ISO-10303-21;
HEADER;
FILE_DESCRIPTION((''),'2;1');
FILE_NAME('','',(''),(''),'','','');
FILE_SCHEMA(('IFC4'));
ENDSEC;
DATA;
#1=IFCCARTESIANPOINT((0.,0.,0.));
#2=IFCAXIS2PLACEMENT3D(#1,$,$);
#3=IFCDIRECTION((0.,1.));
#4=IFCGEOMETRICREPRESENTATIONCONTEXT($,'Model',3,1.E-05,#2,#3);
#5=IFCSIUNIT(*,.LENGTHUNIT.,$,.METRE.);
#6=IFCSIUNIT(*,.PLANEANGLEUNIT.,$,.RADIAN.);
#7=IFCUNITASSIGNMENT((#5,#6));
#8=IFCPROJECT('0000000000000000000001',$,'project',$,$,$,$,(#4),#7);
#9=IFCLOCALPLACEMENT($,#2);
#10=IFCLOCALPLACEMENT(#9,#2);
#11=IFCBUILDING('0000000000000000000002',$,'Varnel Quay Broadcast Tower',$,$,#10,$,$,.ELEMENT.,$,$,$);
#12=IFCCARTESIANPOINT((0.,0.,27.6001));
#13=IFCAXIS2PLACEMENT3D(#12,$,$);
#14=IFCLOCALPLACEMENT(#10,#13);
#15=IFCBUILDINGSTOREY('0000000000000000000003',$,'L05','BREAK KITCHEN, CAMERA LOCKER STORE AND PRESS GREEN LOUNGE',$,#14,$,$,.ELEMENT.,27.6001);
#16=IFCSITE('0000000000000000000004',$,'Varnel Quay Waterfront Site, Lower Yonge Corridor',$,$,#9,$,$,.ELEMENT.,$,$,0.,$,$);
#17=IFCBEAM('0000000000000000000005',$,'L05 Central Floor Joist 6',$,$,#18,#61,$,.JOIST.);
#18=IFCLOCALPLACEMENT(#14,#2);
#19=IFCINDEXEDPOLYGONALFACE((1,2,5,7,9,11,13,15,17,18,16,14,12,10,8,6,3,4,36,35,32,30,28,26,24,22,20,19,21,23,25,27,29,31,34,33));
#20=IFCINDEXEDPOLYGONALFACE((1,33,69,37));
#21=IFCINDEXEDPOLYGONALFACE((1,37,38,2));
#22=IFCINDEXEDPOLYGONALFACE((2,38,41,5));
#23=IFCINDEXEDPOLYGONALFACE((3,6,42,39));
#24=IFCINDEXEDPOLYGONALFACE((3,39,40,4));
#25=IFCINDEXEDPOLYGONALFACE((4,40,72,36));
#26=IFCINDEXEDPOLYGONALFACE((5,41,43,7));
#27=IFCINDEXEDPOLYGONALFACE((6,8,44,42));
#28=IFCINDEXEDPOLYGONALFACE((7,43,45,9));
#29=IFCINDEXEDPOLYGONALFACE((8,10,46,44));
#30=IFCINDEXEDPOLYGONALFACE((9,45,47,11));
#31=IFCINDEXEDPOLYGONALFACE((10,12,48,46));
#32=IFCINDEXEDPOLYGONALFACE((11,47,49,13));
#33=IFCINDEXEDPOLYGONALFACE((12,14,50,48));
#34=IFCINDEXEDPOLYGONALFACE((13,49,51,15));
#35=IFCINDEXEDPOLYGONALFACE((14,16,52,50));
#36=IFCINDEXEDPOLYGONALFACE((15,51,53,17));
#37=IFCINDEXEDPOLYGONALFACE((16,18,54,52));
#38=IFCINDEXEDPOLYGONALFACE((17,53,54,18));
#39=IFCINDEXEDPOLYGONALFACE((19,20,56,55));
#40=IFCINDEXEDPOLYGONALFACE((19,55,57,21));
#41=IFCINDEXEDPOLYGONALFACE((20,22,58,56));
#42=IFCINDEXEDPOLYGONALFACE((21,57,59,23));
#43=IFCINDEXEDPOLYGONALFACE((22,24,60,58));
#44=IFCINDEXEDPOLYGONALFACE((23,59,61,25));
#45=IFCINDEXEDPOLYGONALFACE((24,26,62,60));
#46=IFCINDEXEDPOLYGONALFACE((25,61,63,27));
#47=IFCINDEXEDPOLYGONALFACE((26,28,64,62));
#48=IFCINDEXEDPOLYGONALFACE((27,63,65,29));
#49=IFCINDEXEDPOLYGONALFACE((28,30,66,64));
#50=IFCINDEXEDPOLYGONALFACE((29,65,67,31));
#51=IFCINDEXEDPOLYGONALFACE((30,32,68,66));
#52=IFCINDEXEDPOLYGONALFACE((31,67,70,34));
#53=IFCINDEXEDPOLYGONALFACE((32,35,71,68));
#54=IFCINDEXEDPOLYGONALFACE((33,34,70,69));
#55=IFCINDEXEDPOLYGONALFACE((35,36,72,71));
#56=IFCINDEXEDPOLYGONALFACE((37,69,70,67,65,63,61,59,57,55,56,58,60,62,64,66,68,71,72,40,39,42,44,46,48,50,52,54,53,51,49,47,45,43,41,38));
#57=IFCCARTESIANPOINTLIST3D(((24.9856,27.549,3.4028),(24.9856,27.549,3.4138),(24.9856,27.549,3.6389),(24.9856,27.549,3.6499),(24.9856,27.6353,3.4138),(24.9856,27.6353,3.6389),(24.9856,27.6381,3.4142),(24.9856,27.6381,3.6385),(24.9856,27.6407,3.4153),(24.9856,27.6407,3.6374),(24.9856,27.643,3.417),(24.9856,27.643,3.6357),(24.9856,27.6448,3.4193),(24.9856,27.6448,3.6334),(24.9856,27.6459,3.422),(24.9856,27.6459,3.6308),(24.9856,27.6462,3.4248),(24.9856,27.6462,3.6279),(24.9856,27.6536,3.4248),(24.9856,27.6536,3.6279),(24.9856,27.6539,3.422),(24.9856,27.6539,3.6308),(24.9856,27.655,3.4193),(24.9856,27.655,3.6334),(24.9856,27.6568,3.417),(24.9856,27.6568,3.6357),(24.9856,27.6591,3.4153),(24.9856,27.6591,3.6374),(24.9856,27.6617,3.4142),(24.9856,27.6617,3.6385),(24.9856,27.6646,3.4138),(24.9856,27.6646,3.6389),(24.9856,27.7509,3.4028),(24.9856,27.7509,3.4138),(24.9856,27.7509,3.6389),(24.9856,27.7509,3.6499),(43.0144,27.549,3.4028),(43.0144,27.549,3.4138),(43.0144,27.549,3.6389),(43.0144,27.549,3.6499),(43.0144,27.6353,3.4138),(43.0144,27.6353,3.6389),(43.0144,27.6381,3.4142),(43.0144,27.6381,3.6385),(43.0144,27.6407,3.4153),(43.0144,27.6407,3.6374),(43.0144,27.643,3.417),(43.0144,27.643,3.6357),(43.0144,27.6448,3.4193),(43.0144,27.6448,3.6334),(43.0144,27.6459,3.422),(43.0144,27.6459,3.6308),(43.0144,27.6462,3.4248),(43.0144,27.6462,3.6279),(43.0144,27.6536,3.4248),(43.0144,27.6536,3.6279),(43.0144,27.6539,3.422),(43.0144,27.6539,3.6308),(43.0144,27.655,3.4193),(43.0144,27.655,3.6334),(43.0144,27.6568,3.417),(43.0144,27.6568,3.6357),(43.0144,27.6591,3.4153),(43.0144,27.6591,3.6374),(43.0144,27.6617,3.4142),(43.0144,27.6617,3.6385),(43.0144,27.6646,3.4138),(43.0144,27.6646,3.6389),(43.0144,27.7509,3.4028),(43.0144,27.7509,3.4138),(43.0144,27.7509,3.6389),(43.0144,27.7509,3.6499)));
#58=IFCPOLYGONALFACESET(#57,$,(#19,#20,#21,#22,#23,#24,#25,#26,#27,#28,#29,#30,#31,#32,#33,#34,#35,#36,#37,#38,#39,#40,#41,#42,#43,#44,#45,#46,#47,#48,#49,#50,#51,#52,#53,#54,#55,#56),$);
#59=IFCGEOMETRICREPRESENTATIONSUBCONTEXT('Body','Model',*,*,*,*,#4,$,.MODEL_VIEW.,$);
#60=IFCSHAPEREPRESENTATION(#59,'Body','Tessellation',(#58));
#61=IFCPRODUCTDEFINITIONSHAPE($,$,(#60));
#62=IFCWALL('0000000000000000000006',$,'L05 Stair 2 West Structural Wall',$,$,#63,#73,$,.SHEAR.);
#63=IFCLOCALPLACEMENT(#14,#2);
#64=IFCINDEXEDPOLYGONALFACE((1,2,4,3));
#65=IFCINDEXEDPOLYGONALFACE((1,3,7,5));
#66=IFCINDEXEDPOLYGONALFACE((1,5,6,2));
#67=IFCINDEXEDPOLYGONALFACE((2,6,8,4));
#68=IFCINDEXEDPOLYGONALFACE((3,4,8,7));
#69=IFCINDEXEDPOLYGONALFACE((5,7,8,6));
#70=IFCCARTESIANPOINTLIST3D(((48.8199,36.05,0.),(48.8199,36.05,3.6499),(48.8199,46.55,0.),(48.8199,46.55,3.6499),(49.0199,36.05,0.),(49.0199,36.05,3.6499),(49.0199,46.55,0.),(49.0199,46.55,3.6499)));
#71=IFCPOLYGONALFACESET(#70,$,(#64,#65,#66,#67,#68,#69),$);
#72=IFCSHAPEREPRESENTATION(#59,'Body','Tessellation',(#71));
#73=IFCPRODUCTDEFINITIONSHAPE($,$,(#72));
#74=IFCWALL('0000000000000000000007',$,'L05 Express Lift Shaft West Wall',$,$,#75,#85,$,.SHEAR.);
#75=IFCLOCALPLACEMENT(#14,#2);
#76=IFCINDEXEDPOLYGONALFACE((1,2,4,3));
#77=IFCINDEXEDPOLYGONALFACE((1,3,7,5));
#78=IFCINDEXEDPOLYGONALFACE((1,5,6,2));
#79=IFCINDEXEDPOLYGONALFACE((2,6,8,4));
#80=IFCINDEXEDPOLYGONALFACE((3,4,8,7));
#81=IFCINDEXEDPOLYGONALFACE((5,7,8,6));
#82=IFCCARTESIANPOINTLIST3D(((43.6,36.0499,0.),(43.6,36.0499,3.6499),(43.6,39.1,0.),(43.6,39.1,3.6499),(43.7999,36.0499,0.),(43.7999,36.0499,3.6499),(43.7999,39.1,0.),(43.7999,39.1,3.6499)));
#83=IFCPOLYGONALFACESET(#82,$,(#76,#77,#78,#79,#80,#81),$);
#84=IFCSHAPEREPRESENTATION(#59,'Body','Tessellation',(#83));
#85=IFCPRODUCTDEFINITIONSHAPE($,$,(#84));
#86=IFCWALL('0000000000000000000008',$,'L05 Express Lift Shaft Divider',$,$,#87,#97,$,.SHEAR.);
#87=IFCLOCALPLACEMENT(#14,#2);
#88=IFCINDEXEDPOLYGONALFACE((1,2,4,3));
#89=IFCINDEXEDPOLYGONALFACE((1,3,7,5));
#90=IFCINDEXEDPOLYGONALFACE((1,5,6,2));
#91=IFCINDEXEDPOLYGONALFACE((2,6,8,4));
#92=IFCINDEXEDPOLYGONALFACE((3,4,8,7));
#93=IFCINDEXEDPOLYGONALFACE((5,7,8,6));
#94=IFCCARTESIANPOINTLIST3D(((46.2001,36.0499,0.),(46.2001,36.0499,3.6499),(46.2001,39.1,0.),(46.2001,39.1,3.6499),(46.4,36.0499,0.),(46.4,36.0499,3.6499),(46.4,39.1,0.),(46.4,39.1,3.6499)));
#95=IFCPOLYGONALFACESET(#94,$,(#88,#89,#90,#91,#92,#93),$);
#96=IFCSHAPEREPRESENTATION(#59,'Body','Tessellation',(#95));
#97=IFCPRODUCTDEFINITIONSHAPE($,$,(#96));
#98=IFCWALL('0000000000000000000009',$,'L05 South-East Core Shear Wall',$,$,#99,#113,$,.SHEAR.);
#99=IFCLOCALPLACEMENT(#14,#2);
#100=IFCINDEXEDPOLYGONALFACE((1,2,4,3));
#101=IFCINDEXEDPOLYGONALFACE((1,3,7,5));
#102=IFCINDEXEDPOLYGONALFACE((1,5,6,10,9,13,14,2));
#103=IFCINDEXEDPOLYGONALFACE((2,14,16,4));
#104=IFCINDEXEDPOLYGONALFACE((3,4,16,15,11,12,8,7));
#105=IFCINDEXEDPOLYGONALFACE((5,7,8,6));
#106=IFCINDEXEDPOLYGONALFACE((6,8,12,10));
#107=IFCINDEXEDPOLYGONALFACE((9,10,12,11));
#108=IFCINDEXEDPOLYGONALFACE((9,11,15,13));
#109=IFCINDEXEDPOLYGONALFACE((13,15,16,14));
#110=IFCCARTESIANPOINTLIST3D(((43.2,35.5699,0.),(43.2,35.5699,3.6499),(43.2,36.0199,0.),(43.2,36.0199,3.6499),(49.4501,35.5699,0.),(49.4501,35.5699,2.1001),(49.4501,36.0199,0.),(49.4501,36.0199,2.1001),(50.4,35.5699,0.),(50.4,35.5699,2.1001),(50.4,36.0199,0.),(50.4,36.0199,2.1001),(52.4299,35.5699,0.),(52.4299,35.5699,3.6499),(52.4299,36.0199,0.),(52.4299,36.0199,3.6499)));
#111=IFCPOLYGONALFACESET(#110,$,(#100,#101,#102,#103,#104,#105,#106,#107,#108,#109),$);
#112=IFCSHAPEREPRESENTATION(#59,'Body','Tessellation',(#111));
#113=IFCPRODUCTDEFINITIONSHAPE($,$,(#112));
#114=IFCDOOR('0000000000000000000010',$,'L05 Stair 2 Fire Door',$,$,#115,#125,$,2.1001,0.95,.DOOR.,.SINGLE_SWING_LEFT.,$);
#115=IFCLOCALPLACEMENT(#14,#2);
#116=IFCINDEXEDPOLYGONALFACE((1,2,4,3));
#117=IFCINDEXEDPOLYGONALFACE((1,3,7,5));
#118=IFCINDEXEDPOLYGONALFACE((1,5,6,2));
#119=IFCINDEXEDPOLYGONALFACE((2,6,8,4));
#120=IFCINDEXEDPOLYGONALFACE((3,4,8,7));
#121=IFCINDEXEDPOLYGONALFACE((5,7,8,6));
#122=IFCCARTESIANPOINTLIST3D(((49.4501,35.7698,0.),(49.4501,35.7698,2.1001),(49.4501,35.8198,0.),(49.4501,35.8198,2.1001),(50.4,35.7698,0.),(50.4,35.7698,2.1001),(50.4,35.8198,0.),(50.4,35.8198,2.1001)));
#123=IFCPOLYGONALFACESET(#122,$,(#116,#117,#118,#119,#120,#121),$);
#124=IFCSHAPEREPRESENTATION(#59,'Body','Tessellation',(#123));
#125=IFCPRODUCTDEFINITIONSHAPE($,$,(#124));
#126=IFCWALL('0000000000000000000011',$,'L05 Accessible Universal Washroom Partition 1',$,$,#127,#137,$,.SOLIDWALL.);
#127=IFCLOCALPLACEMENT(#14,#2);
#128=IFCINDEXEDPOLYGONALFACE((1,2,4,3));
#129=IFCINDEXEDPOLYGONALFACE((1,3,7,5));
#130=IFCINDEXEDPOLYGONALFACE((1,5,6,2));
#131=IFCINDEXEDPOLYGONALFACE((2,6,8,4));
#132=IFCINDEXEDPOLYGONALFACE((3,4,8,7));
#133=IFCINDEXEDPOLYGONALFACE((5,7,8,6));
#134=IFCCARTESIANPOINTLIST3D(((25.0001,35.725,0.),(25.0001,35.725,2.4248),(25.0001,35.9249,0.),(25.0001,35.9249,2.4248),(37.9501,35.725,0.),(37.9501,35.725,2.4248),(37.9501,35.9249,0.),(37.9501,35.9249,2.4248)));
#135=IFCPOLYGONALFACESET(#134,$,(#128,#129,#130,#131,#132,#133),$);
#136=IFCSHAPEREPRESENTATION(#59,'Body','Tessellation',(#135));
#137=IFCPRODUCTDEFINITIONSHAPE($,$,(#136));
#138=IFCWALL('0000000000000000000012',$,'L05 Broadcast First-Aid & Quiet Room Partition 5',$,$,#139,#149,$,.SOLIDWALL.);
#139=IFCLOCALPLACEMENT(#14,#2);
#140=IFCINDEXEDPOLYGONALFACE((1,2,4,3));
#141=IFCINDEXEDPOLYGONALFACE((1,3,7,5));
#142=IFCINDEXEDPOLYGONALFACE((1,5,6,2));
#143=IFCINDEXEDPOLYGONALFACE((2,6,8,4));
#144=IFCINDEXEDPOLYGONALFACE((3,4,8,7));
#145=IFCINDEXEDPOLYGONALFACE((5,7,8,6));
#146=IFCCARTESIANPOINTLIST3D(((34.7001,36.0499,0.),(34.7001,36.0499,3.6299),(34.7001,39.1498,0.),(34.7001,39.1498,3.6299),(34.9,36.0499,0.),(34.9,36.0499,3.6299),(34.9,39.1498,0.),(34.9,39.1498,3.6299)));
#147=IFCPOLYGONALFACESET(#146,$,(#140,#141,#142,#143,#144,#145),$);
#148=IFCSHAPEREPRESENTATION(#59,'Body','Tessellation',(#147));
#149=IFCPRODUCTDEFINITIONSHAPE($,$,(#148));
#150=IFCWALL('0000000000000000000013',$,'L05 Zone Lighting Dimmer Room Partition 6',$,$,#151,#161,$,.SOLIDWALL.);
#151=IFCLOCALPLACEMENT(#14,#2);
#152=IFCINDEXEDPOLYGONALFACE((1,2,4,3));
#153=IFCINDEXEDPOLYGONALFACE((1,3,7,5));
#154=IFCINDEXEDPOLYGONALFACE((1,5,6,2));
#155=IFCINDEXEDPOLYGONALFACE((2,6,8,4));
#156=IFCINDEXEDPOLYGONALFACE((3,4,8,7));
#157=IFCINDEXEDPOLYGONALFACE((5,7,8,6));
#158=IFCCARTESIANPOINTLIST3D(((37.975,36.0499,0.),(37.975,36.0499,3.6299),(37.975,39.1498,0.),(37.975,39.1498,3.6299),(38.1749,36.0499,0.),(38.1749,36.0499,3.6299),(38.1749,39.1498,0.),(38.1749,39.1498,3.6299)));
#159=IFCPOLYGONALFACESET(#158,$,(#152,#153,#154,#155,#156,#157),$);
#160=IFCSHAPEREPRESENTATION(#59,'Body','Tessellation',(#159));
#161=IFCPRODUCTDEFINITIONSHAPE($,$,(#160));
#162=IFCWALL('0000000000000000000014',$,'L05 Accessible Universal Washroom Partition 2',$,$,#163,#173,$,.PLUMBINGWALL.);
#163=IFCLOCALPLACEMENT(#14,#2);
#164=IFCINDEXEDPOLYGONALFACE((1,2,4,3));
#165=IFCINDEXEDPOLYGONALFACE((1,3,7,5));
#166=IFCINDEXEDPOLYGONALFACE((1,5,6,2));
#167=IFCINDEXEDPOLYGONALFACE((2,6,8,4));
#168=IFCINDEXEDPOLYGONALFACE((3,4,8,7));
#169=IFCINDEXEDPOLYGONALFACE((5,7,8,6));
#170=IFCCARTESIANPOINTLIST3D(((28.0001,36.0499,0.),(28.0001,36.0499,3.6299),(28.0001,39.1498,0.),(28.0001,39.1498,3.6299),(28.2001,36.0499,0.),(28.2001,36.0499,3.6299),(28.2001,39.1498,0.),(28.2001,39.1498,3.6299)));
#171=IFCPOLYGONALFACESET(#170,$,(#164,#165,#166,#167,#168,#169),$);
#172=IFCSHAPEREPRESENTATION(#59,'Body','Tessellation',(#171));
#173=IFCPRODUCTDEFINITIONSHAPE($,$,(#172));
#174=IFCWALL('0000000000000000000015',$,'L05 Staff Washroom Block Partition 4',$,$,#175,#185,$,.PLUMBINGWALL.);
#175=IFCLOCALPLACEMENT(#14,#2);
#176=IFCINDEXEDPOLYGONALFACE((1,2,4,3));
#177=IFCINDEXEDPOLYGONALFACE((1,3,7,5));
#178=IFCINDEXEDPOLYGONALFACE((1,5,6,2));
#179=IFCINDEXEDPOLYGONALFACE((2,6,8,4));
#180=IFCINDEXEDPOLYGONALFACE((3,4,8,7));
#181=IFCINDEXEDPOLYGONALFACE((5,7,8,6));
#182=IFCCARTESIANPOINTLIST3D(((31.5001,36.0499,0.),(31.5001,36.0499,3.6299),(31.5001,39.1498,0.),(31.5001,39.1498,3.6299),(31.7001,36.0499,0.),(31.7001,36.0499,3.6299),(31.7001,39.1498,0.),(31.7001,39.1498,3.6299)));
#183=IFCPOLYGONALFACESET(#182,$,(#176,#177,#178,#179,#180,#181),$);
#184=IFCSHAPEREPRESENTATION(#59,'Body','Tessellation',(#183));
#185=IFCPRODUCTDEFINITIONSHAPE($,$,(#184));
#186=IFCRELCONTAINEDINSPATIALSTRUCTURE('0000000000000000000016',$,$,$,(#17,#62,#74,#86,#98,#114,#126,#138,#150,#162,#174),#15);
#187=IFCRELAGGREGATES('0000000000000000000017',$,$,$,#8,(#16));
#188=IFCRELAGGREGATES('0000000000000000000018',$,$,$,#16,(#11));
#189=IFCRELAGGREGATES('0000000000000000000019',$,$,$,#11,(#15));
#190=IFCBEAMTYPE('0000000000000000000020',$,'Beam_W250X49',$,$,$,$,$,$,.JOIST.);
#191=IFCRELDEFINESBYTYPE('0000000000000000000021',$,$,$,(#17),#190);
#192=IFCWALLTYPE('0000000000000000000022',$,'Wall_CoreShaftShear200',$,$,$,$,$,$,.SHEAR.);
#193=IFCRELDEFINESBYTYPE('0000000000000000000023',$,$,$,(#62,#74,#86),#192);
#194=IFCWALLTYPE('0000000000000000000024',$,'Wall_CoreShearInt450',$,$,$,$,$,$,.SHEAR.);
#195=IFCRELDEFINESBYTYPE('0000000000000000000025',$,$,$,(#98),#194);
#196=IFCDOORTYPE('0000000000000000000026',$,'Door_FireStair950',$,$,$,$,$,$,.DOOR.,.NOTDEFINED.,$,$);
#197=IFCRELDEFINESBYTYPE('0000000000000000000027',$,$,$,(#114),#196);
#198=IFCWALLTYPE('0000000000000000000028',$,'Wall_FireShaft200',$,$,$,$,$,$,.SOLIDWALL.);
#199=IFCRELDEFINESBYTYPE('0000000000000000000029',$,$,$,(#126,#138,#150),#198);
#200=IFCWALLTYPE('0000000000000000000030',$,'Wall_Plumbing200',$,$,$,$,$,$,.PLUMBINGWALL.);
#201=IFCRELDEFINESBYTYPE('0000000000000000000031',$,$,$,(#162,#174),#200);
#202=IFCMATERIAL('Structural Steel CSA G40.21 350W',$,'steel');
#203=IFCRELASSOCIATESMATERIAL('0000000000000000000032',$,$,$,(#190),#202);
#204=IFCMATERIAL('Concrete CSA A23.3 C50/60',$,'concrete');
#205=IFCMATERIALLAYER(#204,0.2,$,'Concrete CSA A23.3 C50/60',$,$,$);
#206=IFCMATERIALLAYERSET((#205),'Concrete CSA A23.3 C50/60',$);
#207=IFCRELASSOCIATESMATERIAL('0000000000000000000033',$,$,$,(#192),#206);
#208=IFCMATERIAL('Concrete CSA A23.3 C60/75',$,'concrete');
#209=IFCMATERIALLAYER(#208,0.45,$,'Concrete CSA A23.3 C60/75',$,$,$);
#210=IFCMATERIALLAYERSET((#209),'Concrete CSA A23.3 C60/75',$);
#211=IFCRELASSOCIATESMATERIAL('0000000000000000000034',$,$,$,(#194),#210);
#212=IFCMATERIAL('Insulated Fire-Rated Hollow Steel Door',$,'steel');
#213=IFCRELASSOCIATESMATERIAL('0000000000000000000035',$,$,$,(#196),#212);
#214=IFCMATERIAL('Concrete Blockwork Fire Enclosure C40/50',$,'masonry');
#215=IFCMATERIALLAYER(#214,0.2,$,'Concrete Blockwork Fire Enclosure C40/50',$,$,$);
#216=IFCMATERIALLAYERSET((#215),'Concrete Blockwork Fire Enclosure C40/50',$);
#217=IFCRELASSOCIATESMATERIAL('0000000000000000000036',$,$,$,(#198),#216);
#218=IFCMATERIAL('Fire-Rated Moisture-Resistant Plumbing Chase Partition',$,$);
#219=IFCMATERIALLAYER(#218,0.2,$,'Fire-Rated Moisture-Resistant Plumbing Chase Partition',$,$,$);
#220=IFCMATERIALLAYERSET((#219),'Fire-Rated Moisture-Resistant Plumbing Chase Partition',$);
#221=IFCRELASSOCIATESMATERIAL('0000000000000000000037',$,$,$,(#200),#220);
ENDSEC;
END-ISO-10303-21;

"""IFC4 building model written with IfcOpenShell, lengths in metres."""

from ifc_helpers import new_model, si_unit, direction, frame, frame_2d, origin, origin_2d, place, context, subcontext, project, spatial, rectangle, i_section, extrude, source, transform, mapped, material, layer, layer_set, material_profile, profile_set, type_object, type_shapes, element, fill, save


model = new_model("IFC4")

# Units and contexts
model_context = context("Model", 3, precision=1e-05, world=origin(), true_north=direction((0.0, 1.0)))
body_context = subcontext(model_context, "Body", "Model", "MODEL_VIEW")
ifc_project = project(units=[si_unit("LENGTHUNIT", "METRE"), si_unit("PLANEANGLEUNIT", "RADIAN")], contexts=[model_context])

# Site, building, storey
site_placement = place(None, origin())
site = spatial("IfcSite", under=ifc_project, at=site_placement, Name="Varnel Quay Waterfront Site, Lower Yonge Corridor", CompositionType="ELEMENT", RefElevation=0.0)
building_placement = place(site_placement, origin())
building = spatial("IfcBuilding", under=site, at=building_placement, Name="Varnel Quay Broadcast Tower", CompositionType="ELEMENT")
storey_placement = place(building_placement, frame((0.0, 0.0, 27.6001)))
storey = spatial("IfcBuildingStorey", under=building, at=storey_placement, Name="L05", Description="BREAK KITCHEN, CAMERA LOCKER STORE AND PRESS GREEN LOUNGE", CompositionType="ELEMENT", Elevation=27.6001)

# Beam
ifc_material_1 = material(Name="Structural Steel CSA G40.21 350W", Category="steel")
ifc_material_2 = material(Name="Concrete CSA A23.3 C60/75", Category="concrete")
ifc_material_profile_1 = material_profile(ifc_material_1, i_section(OverallWidth=0.2019, OverallDepth=0.2471, WebThickness=0.0073, FlangeThickness=0.011, FilletRadius=0.011, at=origin_2d()), Name="W250X49")
ifc_profile_set_1 = profile_set([ifc_material_profile_1], Name="Structural Steel CSA G40.21 350W")
beam_type_1 = type_object("IfcBeamType", Name="Beam_W250X49", PredefinedType="JOIST", material=ifc_profile_set_1)
shared_shape_1 = source(origin(), body_context, "Body", "SweptSolid", [
    extrude(i_section(OverallWidth=0.2019, OverallDepth=0.2471, WebThickness=0.0073, FlangeThickness=0.011, FilletRadius=0.011, at=origin_2d()), origin(), (0.0, 0.0, 1.0), 18.0288),
])
beam_1_placement = place(storey_placement, frame((24.9856, 27.6499, 3.5264), z_axis=(1.0, 0.0, 0.0), x_axis=(0.0, 1.0, 0.0)))
element("IfcBeam", 1, at=beam_1_placement, inside=storey, type_object=beam_type_1, Name="L05 Central Floor Joist 6", PredefinedType="JOIST", context=body_context, shape_type="MappedRepresentation", body=[
    mapped(shared_shape_1, transform((0.0, 0.0, 0.0), x_axis=(1.0, 0.0, 0.0), y_axis=(0.0, 1.0, 0.0), z_axis=(0.0, 0.0, 1.0), scale=1.0)),
])

# Walls
ifc_material_3 = material(Name="Concrete CSA A23.3 C50/60", Category="concrete")
ifc_layer_1 = layer(ifc_material_3, 0.2, Name="Concrete CSA A23.3 C50/60")
ifc_layer_set_1 = layer_set([ifc_layer_1], Name="Concrete CSA A23.3 C50/60")
wall_type_1 = type_object("IfcWallType", Name="Wall_CoreShaftShear200", PredefinedType="SHEAR", material=ifc_layer_set_1)
wall_1_placement = place(storey_placement, frame((48.9199, 36.05, 0.0), z_axis=(0.0, 0.0, 1.0), x_axis=(0.0, 1.0, 0.0)))
element("IfcWall", 2, at=wall_1_placement, inside=storey, type_object=wall_type_1, Name="L05 Stair 2 West Structural Wall", PredefinedType="SHEAR", context=body_context, shape_type="SweptSolid", body=[
    extrude(rectangle(XDim=10.5, YDim=0.2, at=frame_2d((5.25, 0.0))), origin(), (0.0, 0.0, 1.0), 3.6499),
])
for number, where, z_axis, x_axis, name in (
    (3, (43.7, 36.05, 0.0), (0.0, 0.0, 1.0), (0.0, 1.0, 0.0), "L05 Express Lift Shaft West Wall"),
    (4, (46.3, 36.05, 0.0), (0.0, 0.0, 1.0), (0.0, 1.0, 0.0), "L05 Express Lift Shaft Divider"),
):
    element("IfcWall", number, at=place(storey_placement, frame(where, z_axis=z_axis, x_axis=x_axis)), inside=storey, type_object=wall_type_1, Name=name, PredefinedType="SHEAR", context=body_context, shape_type="SweptSolid", body=[
        extrude(rectangle(XDim=3.05, YDim=0.2, at=frame_2d((1.5249, 0.0))), origin(), (0.0, 0.0, 1.0), 3.6499),
    ])

# Wall, opening, door
ifc_layer_2 = layer(ifc_material_2, 0.45, Name="Concrete CSA A23.3 C60/75")
ifc_layer_set_2 = layer_set([ifc_layer_2], Name="Concrete CSA A23.3 C60/75")
wall_type_2 = type_object("IfcWallType", Name="Wall_CoreShearInt450", PredefinedType="SHEAR", material=ifc_layer_set_2)
wall_2_placement = place(storey_placement, frame((43.2, 35.7949, 0.0), z_axis=(0.0, 0.0, 1.0), x_axis=(1.0, 0.0, 0.0)))
wall_2 = element("IfcWall", 5, at=wall_2_placement, inside=storey, type_object=wall_type_2, Name="L05 South-East Core Shear Wall", PredefinedType="SHEAR", context=body_context, shape_type="SweptSolid", body=[
    extrude(rectangle(XDim=9.23, YDim=0.45, at=frame_2d((4.615, 0.0))), origin(), (0.0, 0.0, 1.0), 3.6499),
])
opening_placement = place(wall_2_placement, frame((6.25, 0.0, 0.0)))
opening = element("IfcOpeningElement", 6, at=opening_placement, cuts=wall_2, PredefinedType="OPENING", context=body_context, shape_type="SweptSolid", body=[
    extrude(rectangle(XDim=0.95, YDim=2.1001, at=frame_2d((0.4751, 1.05))), frame((0.0, 0.2349, 0.0), z_axis=(0.0, -1.0, 0.0), x_axis=(1.0, 0.0, 0.0)), (0.0, 0.0, 1.0), 0.47),
])
ifc_material_4 = material(Name="Insulated Fire-Rated Hollow Steel Door", Category="steel")
door_type = type_object("IfcDoorType", Name="Door_FireStair950", OperationType="NOTDEFINED", PredefinedType="DOOR", material=ifc_material_4)
shared_shape_2 = source(origin(), body_context, "Body", "SweptSolid", [
    extrude(rectangle(XDim=0.95, YDim=2.1001, at=frame_2d((0.4751, 1.05))), frame((0.0, 0.0249, 0.0), z_axis=(0.0, -1.0, 0.0), x_axis=(1.0, 0.0, 0.0)), (0.0, 0.0, 1.0), 0.05),
])
type_shapes(door_type, [shared_shape_2])
door_placement = place(opening_placement, origin())
door = element("IfcDoor", 7, at=door_placement, inside=storey, type_object=door_type, Name="L05 Stair 2 Fire Door", OperationType="SINGLE_SWING_LEFT", OverallHeight=2.1001, OverallWidth=0.95, PredefinedType="DOOR", context=body_context, shape_type="MappedRepresentation", body=[
    mapped(shared_shape_2, transform((0.0, 0.0, 0.0), x_axis=(1.0, 0.0, 0.0), y_axis=(0.0, 1.0, 0.0), z_axis=(0.0, 0.0, 1.0), scale=1.0)),
])
fill(opening, door)

# Walls
ifc_material_5 = material(Name="Concrete Blockwork Fire Enclosure C40/50", Category="masonry")
ifc_layer_3 = layer(ifc_material_5, 0.2, Name="Concrete Blockwork Fire Enclosure C40/50")
ifc_layer_set_3 = layer_set([ifc_layer_3], Name="Concrete Blockwork Fire Enclosure C40/50")
wall_type_3 = type_object("IfcWallType", Name="Wall_FireShaft200", PredefinedType="SOLIDWALL", material=ifc_layer_set_3)
wall_3_placement = place(storey_placement, frame((25.0, 35.825, 0.0), z_axis=(0.0, 0.0, 1.0), x_axis=(1.0, 0.0, 0.0)))
element("IfcWall", 8, at=wall_3_placement, inside=storey, type_object=wall_type_3, Name="L05 Accessible Universal Washroom Partition 1", PredefinedType="SOLIDWALL", context=body_context, shape_type="SweptSolid", body=[
    extrude(rectangle(XDim=12.95, YDim=0.2, at=frame_2d((6.4751, 0.0))), origin(), (0.0, 0.0, 1.0), 2.4248),
])
for number, where, z_axis, x_axis, name in (
    (9, (34.8, 36.05, 0.0), (0.0, 0.0, 1.0), (0.0, 1.0, 0.0), "L05 Broadcast First-Aid & Quiet Room Partition 5"),
    (10, (38.075, 36.05, 0.0), (0.0, 0.0, 1.0), (0.0, 1.0, 0.0), "L05 Zone Lighting Dimmer Room Partition 6"),
):
    element("IfcWall", number, at=place(storey_placement, frame(where, z_axis=z_axis, x_axis=x_axis)), inside=storey, type_object=wall_type_3, Name=name, PredefinedType="SOLIDWALL", context=body_context, shape_type="SweptSolid", body=[
        extrude(rectangle(XDim=3.0999, YDim=0.2, at=frame_2d((1.5498, 0.0))), origin(), (0.0, 0.0, 1.0), 3.6299),
    ])
ifc_material_6 = material(Name="Fire-Rated Moisture-Resistant Plumbing Chase Partition")
ifc_layer_4 = layer(ifc_material_6, 0.2, Name="Fire-Rated Moisture-Resistant Plumbing Chase Partition")
ifc_layer_set_4 = layer_set([ifc_layer_4], Name="Fire-Rated Moisture-Resistant Plumbing Chase Partition")
wall_type_4 = type_object("IfcWallType", Name="Wall_Plumbing200", PredefinedType="PLUMBINGWALL", material=ifc_layer_set_4)
for number, where, z_axis, x_axis, name in (
    (11, (28.1001, 36.05, 0.0), (0.0, 0.0, 1.0), (0.0, 1.0, 0.0), "L05 Accessible Universal Washroom Partition 2"),
    (12, (31.6001, 36.05, 0.0), (0.0, 0.0, 1.0), (0.0, 1.0, 0.0), "L05 Staff Washroom Block Partition 4"),
):
    element("IfcWall", number, at=place(storey_placement, frame(where, z_axis=z_axis, x_axis=x_axis)), inside=storey, type_object=wall_type_4, Name=name, PredefinedType="PLUMBINGWALL", context=body_context, shape_type="SweptSolid", body=[
        extrude(rectangle(XDim=3.0999, YDim=0.2, at=frame_2d((1.5498, 0.0))), origin(), (0.0, 0.0, 1.0), 3.6299),
    ])

save(model, "model.ifc")
